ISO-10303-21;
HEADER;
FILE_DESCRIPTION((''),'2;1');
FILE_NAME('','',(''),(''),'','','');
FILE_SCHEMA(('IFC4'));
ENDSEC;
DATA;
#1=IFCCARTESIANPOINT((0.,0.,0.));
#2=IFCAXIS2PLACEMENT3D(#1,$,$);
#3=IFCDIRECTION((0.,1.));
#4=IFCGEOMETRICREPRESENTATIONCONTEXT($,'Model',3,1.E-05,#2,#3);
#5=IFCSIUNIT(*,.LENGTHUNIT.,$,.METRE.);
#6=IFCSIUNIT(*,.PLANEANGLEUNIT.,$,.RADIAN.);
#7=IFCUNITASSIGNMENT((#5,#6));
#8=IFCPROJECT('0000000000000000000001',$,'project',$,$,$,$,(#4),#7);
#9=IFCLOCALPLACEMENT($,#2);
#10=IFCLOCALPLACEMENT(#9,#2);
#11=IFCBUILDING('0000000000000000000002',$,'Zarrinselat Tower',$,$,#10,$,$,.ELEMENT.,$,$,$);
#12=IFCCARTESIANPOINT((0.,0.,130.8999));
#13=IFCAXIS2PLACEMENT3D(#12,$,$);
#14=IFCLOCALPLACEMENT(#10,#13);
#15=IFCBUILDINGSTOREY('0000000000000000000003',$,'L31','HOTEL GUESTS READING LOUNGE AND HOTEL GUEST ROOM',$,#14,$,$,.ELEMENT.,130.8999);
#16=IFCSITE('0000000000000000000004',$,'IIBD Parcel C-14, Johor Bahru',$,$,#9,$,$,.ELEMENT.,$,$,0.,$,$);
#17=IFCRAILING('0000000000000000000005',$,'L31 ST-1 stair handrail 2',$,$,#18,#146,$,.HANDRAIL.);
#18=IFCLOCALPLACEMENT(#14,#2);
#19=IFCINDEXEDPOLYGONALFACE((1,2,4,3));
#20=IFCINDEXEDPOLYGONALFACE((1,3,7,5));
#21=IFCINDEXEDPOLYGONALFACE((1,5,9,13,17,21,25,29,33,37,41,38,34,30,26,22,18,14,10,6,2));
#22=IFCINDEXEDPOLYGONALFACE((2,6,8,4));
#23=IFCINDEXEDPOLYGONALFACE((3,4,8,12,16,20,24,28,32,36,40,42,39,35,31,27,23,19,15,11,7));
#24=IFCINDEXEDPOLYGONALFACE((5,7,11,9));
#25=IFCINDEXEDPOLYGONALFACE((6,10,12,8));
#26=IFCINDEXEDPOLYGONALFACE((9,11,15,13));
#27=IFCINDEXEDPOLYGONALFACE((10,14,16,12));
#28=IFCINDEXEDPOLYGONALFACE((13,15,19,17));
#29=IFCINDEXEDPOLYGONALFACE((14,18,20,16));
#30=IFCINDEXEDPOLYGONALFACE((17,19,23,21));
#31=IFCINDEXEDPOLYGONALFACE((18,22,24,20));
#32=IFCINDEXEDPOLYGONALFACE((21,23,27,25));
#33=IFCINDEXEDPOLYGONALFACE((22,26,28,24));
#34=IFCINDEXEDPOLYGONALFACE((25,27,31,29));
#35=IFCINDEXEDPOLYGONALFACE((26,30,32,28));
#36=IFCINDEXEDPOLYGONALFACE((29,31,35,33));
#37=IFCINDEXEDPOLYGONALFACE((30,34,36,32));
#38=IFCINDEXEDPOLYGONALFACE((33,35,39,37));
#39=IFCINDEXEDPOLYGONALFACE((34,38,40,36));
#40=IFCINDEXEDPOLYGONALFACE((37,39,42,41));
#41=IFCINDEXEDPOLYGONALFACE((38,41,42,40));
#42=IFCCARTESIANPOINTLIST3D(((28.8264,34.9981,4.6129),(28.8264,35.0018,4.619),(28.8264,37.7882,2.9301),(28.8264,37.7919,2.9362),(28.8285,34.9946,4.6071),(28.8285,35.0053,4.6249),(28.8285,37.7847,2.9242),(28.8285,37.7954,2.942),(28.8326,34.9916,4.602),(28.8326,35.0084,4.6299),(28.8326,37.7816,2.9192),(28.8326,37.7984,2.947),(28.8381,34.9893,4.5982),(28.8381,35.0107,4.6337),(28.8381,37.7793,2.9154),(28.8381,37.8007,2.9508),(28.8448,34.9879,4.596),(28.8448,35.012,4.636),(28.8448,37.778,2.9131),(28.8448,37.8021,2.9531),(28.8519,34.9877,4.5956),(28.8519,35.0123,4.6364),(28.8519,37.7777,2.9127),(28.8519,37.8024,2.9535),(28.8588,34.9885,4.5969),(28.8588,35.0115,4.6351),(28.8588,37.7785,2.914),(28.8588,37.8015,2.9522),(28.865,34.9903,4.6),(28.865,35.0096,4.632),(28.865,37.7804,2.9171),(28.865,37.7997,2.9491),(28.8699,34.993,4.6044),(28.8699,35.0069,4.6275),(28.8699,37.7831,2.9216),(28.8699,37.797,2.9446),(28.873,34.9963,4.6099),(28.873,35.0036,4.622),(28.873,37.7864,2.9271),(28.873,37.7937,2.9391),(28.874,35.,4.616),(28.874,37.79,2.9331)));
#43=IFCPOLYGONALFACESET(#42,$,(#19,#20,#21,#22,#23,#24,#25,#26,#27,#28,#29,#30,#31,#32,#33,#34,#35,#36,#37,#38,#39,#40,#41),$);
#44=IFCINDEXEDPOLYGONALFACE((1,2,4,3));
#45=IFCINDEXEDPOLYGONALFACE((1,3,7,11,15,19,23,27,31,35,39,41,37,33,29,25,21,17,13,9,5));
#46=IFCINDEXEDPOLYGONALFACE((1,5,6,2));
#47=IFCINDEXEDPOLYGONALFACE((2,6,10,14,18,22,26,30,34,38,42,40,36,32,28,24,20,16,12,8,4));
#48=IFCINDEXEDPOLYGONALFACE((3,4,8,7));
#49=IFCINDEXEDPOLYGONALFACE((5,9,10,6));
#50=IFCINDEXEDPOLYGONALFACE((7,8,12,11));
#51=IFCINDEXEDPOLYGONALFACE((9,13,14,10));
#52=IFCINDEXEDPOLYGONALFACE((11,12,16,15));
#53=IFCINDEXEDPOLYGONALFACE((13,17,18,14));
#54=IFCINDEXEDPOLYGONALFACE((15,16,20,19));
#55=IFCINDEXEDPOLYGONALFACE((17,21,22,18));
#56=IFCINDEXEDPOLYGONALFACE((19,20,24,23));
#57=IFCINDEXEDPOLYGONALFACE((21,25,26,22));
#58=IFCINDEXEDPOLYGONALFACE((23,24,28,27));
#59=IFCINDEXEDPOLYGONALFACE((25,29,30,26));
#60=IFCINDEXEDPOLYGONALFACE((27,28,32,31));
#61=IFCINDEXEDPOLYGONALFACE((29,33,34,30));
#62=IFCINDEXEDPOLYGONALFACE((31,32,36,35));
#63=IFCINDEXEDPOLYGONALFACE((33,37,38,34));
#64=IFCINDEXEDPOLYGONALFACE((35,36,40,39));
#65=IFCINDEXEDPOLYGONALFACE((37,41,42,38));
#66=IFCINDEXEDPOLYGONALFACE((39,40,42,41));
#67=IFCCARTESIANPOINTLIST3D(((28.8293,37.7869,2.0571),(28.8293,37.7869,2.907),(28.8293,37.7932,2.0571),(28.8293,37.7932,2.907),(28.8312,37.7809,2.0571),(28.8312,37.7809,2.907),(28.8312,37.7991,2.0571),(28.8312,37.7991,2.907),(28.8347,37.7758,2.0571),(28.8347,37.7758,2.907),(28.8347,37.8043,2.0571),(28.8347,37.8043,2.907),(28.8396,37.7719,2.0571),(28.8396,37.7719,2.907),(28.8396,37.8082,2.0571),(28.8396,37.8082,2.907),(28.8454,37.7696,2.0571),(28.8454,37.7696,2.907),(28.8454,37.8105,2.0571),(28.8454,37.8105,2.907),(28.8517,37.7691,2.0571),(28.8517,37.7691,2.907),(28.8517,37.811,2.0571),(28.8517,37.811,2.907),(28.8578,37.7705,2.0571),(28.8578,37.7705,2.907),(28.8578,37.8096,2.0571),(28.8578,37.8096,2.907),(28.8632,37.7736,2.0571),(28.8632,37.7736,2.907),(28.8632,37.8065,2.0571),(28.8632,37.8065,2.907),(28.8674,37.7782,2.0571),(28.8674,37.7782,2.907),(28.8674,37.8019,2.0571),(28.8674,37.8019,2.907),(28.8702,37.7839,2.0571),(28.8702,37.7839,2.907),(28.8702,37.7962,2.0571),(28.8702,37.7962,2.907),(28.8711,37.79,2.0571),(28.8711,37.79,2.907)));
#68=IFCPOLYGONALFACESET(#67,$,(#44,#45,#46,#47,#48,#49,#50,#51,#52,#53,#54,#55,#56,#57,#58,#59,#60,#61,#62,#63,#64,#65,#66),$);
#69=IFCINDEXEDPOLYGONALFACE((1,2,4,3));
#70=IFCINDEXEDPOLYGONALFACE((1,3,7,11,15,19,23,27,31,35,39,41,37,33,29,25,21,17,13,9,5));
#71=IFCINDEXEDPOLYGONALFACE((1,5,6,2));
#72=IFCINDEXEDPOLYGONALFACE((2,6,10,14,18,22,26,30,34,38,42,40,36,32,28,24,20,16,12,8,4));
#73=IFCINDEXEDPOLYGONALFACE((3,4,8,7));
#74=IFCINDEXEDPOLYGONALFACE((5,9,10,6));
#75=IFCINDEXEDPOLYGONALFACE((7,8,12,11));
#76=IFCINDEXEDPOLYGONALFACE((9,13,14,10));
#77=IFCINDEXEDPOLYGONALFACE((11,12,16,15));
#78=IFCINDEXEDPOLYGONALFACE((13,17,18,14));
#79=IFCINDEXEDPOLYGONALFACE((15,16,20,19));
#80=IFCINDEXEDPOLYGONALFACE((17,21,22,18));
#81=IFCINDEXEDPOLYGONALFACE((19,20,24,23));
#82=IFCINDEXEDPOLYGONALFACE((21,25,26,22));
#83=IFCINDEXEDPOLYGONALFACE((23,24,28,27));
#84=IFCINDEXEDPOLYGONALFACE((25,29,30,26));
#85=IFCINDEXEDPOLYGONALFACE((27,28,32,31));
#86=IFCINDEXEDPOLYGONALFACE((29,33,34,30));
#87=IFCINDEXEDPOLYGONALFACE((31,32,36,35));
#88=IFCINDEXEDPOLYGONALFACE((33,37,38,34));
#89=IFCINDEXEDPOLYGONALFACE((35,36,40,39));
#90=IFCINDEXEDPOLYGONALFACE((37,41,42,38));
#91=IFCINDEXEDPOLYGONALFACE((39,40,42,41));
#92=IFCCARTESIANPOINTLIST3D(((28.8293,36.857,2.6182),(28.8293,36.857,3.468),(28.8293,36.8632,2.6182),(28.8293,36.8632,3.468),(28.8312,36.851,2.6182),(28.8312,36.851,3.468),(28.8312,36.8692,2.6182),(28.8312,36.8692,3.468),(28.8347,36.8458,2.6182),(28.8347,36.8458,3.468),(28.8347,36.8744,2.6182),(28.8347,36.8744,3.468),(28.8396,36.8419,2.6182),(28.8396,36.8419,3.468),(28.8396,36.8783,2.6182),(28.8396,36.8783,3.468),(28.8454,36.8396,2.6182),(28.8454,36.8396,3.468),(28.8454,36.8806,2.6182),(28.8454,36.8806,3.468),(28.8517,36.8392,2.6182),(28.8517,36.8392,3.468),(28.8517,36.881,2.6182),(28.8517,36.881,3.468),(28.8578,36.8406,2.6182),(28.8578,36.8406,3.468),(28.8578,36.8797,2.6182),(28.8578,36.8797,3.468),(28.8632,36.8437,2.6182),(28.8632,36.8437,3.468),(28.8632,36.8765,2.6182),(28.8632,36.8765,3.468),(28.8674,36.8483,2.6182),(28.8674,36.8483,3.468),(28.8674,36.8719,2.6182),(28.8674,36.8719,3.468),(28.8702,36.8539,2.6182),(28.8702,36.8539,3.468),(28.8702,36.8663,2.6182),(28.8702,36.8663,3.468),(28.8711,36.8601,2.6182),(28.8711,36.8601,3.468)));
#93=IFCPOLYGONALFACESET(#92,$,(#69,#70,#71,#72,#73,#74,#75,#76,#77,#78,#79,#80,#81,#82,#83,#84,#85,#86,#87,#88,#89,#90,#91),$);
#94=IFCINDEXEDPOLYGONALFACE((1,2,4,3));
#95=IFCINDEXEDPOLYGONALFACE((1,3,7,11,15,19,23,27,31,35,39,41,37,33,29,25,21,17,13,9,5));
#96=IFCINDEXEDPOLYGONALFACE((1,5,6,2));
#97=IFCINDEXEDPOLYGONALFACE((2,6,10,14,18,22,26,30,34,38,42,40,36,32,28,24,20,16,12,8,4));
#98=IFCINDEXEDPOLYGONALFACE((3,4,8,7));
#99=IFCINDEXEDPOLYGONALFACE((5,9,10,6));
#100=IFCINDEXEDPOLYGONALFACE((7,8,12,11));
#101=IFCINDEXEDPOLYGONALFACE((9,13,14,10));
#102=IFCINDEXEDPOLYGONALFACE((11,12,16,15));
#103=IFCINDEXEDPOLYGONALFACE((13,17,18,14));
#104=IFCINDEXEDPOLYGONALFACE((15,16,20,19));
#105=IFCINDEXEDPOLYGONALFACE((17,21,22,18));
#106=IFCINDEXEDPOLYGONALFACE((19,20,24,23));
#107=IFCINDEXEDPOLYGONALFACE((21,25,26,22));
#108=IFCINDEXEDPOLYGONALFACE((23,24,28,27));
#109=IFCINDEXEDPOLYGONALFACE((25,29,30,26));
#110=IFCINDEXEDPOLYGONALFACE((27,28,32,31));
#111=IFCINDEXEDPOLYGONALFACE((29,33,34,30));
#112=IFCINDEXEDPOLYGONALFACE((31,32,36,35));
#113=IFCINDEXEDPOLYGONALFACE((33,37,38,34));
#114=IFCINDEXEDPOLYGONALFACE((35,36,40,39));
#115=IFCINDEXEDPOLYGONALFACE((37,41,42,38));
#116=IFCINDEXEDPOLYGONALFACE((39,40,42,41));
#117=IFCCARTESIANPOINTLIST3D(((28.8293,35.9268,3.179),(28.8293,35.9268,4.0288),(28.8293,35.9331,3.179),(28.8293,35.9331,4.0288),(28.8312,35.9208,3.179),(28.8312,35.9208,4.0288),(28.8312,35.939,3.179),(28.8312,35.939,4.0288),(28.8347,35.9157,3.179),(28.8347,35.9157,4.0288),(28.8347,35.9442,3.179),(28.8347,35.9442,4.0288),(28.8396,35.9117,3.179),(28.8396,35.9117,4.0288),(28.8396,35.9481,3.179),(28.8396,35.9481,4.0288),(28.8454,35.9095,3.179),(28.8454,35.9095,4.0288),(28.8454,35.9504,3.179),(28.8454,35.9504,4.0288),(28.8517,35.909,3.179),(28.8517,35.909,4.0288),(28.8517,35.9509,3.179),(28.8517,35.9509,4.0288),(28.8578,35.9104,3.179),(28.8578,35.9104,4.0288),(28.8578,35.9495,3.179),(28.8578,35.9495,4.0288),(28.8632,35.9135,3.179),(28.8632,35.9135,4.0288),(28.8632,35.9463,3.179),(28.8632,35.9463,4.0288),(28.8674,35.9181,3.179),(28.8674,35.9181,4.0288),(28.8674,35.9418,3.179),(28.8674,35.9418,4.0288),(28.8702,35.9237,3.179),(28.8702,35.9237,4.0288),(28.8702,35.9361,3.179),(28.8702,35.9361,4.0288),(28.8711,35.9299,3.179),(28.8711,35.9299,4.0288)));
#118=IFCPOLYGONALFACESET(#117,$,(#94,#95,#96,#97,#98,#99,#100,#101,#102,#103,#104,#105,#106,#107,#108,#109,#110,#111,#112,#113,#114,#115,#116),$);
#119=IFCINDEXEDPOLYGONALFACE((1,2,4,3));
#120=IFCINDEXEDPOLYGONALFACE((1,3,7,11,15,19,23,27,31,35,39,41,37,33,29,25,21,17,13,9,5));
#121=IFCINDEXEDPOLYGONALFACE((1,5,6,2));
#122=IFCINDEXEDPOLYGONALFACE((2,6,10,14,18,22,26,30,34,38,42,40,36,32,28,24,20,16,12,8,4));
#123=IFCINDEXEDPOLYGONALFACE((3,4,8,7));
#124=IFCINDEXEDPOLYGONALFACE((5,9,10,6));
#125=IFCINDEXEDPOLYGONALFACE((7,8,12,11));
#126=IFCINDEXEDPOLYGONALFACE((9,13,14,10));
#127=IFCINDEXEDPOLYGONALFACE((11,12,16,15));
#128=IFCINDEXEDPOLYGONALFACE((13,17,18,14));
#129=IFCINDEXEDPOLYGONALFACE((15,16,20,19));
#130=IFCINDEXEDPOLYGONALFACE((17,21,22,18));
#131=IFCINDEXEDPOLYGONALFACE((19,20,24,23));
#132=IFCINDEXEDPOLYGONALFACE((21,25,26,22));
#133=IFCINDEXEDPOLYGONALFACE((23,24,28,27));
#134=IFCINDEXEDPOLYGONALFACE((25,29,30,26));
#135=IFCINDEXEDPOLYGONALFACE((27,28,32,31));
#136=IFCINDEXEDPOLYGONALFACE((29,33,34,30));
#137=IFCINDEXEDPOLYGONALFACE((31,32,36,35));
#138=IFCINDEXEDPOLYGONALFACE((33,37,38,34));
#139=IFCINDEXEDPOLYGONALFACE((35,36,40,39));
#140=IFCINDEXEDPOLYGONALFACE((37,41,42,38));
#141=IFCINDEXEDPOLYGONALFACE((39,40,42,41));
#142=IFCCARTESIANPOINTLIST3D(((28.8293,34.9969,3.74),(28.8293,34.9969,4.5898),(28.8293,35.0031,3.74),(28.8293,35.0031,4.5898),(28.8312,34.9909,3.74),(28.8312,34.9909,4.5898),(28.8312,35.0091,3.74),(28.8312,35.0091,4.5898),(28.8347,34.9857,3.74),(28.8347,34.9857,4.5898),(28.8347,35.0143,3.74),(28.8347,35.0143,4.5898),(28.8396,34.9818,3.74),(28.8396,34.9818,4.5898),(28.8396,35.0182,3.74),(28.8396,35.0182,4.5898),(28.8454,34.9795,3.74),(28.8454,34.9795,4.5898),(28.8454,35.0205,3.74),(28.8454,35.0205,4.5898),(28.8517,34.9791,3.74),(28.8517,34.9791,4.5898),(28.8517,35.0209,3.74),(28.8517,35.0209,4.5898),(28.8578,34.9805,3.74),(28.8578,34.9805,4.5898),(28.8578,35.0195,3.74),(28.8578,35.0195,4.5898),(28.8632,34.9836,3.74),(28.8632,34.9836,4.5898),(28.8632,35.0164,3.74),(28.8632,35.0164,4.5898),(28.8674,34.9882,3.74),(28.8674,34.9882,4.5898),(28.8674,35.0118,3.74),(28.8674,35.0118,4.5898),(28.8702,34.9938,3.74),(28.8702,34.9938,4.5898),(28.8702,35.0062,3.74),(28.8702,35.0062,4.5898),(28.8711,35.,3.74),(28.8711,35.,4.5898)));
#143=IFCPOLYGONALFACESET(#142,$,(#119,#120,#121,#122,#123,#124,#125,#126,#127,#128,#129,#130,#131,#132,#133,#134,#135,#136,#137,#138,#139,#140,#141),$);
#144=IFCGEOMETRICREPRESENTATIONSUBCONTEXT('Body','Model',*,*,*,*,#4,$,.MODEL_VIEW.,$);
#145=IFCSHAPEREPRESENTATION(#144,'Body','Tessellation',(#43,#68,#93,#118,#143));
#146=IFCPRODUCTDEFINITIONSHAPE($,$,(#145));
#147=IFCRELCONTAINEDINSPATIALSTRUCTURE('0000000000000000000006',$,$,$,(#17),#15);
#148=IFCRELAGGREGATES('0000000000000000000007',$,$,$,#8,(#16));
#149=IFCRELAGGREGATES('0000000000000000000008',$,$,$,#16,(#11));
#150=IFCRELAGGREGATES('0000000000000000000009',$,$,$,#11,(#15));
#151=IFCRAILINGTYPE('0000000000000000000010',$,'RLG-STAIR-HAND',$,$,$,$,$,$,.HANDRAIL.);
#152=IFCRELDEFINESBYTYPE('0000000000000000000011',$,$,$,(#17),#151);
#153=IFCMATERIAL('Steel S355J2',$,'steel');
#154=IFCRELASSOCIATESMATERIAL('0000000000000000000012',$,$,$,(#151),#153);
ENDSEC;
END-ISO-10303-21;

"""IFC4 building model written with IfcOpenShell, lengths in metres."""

from ifc_helpers import new_model, si_unit, direction, frame, origin, origin_2d, place, context, subcontext, project, spatial, circle, extrude, material, type_object, element, save


model = new_model("IFC4")

# Units and contexts
model_context = context("Model", 3, precision=1e-05, world=origin(), true_north=direction((0.0, 1.0)))
body_context = subcontext(model_context, "Body", "Model", "MODEL_VIEW")
ifc_project = project(units=[si_unit("LENGTHUNIT", "METRE"), si_unit("PLANEANGLEUNIT", "RADIAN")], contexts=[model_context])

# Site, building, storey
site_placement = place(None, origin())
site = spatial("IfcSite", under=ifc_project, at=site_placement, Name="IIBD Parcel C-14, Johor Bahru", CompositionType="ELEMENT", RefElevation=0.0)
building_placement = place(site_placement, origin())
building = spatial("IfcBuilding", under=site, at=building_placement, Name="Zarrinselat Tower", CompositionType="ELEMENT")
storey_placement = place(building_placement, frame((0.0, 0.0, 130.8999)))
storey = spatial("IfcBuildingStorey", under=building, at=storey_placement, Name="L31", Description="HOTEL GUESTS READING LOUNGE AND HOTEL GUEST ROOM", CompositionType="ELEMENT", Elevation=130.8999)

# Railing
ifc_material_1 = material(Name="Steel S355J2", Category="steel")
railing_type_1 = type_object("IfcRailingType", Name="RLG-STAIR-HAND", PredefinedType="HANDRAIL", material=ifc_material_1)
railing_1_placement = place(storey_placement, frame((28.8501, 37.79, 2.0571)))
element("IfcRailing", 1, at=railing_1_placement, inside=storey, type_object=railing_type_1, Name="L31 ST-1 stair handrail 2", PredefinedType="HANDRAIL", context=body_context, shape_type="SweptSolid", body=[
    extrude(circle(Radius=0.0239, at=origin_2d()), frame((0.0, 0.0, 0.876), z_axis=(0.0, -0.856294, 0.516489), x_axis=(1.0, 0.0, 0.0)), (0.0, 0.0, 1.0), 3.2583),
    extrude(circle(Radius=0.021, at=origin_2d()), origin(), (0.0, 0.0, 1.0), 0.8499),
    extrude(circle(Radius=0.021, at=origin_2d()), frame((0.0, -0.9299, 0.561)), (0.0, 0.0, 1.0), 0.8499),
    extrude(circle(Radius=0.021, at=origin_2d()), frame((0.0, -1.8601, 1.1218)), (0.0, 0.0, 1.0), 0.8499),
    extrude(circle(Radius=0.021, at=origin_2d()), frame((0.0, -2.79, 1.6829)), (0.0, 0.0, 1.0), 0.8499),
])

save(model, "model.ifc")
